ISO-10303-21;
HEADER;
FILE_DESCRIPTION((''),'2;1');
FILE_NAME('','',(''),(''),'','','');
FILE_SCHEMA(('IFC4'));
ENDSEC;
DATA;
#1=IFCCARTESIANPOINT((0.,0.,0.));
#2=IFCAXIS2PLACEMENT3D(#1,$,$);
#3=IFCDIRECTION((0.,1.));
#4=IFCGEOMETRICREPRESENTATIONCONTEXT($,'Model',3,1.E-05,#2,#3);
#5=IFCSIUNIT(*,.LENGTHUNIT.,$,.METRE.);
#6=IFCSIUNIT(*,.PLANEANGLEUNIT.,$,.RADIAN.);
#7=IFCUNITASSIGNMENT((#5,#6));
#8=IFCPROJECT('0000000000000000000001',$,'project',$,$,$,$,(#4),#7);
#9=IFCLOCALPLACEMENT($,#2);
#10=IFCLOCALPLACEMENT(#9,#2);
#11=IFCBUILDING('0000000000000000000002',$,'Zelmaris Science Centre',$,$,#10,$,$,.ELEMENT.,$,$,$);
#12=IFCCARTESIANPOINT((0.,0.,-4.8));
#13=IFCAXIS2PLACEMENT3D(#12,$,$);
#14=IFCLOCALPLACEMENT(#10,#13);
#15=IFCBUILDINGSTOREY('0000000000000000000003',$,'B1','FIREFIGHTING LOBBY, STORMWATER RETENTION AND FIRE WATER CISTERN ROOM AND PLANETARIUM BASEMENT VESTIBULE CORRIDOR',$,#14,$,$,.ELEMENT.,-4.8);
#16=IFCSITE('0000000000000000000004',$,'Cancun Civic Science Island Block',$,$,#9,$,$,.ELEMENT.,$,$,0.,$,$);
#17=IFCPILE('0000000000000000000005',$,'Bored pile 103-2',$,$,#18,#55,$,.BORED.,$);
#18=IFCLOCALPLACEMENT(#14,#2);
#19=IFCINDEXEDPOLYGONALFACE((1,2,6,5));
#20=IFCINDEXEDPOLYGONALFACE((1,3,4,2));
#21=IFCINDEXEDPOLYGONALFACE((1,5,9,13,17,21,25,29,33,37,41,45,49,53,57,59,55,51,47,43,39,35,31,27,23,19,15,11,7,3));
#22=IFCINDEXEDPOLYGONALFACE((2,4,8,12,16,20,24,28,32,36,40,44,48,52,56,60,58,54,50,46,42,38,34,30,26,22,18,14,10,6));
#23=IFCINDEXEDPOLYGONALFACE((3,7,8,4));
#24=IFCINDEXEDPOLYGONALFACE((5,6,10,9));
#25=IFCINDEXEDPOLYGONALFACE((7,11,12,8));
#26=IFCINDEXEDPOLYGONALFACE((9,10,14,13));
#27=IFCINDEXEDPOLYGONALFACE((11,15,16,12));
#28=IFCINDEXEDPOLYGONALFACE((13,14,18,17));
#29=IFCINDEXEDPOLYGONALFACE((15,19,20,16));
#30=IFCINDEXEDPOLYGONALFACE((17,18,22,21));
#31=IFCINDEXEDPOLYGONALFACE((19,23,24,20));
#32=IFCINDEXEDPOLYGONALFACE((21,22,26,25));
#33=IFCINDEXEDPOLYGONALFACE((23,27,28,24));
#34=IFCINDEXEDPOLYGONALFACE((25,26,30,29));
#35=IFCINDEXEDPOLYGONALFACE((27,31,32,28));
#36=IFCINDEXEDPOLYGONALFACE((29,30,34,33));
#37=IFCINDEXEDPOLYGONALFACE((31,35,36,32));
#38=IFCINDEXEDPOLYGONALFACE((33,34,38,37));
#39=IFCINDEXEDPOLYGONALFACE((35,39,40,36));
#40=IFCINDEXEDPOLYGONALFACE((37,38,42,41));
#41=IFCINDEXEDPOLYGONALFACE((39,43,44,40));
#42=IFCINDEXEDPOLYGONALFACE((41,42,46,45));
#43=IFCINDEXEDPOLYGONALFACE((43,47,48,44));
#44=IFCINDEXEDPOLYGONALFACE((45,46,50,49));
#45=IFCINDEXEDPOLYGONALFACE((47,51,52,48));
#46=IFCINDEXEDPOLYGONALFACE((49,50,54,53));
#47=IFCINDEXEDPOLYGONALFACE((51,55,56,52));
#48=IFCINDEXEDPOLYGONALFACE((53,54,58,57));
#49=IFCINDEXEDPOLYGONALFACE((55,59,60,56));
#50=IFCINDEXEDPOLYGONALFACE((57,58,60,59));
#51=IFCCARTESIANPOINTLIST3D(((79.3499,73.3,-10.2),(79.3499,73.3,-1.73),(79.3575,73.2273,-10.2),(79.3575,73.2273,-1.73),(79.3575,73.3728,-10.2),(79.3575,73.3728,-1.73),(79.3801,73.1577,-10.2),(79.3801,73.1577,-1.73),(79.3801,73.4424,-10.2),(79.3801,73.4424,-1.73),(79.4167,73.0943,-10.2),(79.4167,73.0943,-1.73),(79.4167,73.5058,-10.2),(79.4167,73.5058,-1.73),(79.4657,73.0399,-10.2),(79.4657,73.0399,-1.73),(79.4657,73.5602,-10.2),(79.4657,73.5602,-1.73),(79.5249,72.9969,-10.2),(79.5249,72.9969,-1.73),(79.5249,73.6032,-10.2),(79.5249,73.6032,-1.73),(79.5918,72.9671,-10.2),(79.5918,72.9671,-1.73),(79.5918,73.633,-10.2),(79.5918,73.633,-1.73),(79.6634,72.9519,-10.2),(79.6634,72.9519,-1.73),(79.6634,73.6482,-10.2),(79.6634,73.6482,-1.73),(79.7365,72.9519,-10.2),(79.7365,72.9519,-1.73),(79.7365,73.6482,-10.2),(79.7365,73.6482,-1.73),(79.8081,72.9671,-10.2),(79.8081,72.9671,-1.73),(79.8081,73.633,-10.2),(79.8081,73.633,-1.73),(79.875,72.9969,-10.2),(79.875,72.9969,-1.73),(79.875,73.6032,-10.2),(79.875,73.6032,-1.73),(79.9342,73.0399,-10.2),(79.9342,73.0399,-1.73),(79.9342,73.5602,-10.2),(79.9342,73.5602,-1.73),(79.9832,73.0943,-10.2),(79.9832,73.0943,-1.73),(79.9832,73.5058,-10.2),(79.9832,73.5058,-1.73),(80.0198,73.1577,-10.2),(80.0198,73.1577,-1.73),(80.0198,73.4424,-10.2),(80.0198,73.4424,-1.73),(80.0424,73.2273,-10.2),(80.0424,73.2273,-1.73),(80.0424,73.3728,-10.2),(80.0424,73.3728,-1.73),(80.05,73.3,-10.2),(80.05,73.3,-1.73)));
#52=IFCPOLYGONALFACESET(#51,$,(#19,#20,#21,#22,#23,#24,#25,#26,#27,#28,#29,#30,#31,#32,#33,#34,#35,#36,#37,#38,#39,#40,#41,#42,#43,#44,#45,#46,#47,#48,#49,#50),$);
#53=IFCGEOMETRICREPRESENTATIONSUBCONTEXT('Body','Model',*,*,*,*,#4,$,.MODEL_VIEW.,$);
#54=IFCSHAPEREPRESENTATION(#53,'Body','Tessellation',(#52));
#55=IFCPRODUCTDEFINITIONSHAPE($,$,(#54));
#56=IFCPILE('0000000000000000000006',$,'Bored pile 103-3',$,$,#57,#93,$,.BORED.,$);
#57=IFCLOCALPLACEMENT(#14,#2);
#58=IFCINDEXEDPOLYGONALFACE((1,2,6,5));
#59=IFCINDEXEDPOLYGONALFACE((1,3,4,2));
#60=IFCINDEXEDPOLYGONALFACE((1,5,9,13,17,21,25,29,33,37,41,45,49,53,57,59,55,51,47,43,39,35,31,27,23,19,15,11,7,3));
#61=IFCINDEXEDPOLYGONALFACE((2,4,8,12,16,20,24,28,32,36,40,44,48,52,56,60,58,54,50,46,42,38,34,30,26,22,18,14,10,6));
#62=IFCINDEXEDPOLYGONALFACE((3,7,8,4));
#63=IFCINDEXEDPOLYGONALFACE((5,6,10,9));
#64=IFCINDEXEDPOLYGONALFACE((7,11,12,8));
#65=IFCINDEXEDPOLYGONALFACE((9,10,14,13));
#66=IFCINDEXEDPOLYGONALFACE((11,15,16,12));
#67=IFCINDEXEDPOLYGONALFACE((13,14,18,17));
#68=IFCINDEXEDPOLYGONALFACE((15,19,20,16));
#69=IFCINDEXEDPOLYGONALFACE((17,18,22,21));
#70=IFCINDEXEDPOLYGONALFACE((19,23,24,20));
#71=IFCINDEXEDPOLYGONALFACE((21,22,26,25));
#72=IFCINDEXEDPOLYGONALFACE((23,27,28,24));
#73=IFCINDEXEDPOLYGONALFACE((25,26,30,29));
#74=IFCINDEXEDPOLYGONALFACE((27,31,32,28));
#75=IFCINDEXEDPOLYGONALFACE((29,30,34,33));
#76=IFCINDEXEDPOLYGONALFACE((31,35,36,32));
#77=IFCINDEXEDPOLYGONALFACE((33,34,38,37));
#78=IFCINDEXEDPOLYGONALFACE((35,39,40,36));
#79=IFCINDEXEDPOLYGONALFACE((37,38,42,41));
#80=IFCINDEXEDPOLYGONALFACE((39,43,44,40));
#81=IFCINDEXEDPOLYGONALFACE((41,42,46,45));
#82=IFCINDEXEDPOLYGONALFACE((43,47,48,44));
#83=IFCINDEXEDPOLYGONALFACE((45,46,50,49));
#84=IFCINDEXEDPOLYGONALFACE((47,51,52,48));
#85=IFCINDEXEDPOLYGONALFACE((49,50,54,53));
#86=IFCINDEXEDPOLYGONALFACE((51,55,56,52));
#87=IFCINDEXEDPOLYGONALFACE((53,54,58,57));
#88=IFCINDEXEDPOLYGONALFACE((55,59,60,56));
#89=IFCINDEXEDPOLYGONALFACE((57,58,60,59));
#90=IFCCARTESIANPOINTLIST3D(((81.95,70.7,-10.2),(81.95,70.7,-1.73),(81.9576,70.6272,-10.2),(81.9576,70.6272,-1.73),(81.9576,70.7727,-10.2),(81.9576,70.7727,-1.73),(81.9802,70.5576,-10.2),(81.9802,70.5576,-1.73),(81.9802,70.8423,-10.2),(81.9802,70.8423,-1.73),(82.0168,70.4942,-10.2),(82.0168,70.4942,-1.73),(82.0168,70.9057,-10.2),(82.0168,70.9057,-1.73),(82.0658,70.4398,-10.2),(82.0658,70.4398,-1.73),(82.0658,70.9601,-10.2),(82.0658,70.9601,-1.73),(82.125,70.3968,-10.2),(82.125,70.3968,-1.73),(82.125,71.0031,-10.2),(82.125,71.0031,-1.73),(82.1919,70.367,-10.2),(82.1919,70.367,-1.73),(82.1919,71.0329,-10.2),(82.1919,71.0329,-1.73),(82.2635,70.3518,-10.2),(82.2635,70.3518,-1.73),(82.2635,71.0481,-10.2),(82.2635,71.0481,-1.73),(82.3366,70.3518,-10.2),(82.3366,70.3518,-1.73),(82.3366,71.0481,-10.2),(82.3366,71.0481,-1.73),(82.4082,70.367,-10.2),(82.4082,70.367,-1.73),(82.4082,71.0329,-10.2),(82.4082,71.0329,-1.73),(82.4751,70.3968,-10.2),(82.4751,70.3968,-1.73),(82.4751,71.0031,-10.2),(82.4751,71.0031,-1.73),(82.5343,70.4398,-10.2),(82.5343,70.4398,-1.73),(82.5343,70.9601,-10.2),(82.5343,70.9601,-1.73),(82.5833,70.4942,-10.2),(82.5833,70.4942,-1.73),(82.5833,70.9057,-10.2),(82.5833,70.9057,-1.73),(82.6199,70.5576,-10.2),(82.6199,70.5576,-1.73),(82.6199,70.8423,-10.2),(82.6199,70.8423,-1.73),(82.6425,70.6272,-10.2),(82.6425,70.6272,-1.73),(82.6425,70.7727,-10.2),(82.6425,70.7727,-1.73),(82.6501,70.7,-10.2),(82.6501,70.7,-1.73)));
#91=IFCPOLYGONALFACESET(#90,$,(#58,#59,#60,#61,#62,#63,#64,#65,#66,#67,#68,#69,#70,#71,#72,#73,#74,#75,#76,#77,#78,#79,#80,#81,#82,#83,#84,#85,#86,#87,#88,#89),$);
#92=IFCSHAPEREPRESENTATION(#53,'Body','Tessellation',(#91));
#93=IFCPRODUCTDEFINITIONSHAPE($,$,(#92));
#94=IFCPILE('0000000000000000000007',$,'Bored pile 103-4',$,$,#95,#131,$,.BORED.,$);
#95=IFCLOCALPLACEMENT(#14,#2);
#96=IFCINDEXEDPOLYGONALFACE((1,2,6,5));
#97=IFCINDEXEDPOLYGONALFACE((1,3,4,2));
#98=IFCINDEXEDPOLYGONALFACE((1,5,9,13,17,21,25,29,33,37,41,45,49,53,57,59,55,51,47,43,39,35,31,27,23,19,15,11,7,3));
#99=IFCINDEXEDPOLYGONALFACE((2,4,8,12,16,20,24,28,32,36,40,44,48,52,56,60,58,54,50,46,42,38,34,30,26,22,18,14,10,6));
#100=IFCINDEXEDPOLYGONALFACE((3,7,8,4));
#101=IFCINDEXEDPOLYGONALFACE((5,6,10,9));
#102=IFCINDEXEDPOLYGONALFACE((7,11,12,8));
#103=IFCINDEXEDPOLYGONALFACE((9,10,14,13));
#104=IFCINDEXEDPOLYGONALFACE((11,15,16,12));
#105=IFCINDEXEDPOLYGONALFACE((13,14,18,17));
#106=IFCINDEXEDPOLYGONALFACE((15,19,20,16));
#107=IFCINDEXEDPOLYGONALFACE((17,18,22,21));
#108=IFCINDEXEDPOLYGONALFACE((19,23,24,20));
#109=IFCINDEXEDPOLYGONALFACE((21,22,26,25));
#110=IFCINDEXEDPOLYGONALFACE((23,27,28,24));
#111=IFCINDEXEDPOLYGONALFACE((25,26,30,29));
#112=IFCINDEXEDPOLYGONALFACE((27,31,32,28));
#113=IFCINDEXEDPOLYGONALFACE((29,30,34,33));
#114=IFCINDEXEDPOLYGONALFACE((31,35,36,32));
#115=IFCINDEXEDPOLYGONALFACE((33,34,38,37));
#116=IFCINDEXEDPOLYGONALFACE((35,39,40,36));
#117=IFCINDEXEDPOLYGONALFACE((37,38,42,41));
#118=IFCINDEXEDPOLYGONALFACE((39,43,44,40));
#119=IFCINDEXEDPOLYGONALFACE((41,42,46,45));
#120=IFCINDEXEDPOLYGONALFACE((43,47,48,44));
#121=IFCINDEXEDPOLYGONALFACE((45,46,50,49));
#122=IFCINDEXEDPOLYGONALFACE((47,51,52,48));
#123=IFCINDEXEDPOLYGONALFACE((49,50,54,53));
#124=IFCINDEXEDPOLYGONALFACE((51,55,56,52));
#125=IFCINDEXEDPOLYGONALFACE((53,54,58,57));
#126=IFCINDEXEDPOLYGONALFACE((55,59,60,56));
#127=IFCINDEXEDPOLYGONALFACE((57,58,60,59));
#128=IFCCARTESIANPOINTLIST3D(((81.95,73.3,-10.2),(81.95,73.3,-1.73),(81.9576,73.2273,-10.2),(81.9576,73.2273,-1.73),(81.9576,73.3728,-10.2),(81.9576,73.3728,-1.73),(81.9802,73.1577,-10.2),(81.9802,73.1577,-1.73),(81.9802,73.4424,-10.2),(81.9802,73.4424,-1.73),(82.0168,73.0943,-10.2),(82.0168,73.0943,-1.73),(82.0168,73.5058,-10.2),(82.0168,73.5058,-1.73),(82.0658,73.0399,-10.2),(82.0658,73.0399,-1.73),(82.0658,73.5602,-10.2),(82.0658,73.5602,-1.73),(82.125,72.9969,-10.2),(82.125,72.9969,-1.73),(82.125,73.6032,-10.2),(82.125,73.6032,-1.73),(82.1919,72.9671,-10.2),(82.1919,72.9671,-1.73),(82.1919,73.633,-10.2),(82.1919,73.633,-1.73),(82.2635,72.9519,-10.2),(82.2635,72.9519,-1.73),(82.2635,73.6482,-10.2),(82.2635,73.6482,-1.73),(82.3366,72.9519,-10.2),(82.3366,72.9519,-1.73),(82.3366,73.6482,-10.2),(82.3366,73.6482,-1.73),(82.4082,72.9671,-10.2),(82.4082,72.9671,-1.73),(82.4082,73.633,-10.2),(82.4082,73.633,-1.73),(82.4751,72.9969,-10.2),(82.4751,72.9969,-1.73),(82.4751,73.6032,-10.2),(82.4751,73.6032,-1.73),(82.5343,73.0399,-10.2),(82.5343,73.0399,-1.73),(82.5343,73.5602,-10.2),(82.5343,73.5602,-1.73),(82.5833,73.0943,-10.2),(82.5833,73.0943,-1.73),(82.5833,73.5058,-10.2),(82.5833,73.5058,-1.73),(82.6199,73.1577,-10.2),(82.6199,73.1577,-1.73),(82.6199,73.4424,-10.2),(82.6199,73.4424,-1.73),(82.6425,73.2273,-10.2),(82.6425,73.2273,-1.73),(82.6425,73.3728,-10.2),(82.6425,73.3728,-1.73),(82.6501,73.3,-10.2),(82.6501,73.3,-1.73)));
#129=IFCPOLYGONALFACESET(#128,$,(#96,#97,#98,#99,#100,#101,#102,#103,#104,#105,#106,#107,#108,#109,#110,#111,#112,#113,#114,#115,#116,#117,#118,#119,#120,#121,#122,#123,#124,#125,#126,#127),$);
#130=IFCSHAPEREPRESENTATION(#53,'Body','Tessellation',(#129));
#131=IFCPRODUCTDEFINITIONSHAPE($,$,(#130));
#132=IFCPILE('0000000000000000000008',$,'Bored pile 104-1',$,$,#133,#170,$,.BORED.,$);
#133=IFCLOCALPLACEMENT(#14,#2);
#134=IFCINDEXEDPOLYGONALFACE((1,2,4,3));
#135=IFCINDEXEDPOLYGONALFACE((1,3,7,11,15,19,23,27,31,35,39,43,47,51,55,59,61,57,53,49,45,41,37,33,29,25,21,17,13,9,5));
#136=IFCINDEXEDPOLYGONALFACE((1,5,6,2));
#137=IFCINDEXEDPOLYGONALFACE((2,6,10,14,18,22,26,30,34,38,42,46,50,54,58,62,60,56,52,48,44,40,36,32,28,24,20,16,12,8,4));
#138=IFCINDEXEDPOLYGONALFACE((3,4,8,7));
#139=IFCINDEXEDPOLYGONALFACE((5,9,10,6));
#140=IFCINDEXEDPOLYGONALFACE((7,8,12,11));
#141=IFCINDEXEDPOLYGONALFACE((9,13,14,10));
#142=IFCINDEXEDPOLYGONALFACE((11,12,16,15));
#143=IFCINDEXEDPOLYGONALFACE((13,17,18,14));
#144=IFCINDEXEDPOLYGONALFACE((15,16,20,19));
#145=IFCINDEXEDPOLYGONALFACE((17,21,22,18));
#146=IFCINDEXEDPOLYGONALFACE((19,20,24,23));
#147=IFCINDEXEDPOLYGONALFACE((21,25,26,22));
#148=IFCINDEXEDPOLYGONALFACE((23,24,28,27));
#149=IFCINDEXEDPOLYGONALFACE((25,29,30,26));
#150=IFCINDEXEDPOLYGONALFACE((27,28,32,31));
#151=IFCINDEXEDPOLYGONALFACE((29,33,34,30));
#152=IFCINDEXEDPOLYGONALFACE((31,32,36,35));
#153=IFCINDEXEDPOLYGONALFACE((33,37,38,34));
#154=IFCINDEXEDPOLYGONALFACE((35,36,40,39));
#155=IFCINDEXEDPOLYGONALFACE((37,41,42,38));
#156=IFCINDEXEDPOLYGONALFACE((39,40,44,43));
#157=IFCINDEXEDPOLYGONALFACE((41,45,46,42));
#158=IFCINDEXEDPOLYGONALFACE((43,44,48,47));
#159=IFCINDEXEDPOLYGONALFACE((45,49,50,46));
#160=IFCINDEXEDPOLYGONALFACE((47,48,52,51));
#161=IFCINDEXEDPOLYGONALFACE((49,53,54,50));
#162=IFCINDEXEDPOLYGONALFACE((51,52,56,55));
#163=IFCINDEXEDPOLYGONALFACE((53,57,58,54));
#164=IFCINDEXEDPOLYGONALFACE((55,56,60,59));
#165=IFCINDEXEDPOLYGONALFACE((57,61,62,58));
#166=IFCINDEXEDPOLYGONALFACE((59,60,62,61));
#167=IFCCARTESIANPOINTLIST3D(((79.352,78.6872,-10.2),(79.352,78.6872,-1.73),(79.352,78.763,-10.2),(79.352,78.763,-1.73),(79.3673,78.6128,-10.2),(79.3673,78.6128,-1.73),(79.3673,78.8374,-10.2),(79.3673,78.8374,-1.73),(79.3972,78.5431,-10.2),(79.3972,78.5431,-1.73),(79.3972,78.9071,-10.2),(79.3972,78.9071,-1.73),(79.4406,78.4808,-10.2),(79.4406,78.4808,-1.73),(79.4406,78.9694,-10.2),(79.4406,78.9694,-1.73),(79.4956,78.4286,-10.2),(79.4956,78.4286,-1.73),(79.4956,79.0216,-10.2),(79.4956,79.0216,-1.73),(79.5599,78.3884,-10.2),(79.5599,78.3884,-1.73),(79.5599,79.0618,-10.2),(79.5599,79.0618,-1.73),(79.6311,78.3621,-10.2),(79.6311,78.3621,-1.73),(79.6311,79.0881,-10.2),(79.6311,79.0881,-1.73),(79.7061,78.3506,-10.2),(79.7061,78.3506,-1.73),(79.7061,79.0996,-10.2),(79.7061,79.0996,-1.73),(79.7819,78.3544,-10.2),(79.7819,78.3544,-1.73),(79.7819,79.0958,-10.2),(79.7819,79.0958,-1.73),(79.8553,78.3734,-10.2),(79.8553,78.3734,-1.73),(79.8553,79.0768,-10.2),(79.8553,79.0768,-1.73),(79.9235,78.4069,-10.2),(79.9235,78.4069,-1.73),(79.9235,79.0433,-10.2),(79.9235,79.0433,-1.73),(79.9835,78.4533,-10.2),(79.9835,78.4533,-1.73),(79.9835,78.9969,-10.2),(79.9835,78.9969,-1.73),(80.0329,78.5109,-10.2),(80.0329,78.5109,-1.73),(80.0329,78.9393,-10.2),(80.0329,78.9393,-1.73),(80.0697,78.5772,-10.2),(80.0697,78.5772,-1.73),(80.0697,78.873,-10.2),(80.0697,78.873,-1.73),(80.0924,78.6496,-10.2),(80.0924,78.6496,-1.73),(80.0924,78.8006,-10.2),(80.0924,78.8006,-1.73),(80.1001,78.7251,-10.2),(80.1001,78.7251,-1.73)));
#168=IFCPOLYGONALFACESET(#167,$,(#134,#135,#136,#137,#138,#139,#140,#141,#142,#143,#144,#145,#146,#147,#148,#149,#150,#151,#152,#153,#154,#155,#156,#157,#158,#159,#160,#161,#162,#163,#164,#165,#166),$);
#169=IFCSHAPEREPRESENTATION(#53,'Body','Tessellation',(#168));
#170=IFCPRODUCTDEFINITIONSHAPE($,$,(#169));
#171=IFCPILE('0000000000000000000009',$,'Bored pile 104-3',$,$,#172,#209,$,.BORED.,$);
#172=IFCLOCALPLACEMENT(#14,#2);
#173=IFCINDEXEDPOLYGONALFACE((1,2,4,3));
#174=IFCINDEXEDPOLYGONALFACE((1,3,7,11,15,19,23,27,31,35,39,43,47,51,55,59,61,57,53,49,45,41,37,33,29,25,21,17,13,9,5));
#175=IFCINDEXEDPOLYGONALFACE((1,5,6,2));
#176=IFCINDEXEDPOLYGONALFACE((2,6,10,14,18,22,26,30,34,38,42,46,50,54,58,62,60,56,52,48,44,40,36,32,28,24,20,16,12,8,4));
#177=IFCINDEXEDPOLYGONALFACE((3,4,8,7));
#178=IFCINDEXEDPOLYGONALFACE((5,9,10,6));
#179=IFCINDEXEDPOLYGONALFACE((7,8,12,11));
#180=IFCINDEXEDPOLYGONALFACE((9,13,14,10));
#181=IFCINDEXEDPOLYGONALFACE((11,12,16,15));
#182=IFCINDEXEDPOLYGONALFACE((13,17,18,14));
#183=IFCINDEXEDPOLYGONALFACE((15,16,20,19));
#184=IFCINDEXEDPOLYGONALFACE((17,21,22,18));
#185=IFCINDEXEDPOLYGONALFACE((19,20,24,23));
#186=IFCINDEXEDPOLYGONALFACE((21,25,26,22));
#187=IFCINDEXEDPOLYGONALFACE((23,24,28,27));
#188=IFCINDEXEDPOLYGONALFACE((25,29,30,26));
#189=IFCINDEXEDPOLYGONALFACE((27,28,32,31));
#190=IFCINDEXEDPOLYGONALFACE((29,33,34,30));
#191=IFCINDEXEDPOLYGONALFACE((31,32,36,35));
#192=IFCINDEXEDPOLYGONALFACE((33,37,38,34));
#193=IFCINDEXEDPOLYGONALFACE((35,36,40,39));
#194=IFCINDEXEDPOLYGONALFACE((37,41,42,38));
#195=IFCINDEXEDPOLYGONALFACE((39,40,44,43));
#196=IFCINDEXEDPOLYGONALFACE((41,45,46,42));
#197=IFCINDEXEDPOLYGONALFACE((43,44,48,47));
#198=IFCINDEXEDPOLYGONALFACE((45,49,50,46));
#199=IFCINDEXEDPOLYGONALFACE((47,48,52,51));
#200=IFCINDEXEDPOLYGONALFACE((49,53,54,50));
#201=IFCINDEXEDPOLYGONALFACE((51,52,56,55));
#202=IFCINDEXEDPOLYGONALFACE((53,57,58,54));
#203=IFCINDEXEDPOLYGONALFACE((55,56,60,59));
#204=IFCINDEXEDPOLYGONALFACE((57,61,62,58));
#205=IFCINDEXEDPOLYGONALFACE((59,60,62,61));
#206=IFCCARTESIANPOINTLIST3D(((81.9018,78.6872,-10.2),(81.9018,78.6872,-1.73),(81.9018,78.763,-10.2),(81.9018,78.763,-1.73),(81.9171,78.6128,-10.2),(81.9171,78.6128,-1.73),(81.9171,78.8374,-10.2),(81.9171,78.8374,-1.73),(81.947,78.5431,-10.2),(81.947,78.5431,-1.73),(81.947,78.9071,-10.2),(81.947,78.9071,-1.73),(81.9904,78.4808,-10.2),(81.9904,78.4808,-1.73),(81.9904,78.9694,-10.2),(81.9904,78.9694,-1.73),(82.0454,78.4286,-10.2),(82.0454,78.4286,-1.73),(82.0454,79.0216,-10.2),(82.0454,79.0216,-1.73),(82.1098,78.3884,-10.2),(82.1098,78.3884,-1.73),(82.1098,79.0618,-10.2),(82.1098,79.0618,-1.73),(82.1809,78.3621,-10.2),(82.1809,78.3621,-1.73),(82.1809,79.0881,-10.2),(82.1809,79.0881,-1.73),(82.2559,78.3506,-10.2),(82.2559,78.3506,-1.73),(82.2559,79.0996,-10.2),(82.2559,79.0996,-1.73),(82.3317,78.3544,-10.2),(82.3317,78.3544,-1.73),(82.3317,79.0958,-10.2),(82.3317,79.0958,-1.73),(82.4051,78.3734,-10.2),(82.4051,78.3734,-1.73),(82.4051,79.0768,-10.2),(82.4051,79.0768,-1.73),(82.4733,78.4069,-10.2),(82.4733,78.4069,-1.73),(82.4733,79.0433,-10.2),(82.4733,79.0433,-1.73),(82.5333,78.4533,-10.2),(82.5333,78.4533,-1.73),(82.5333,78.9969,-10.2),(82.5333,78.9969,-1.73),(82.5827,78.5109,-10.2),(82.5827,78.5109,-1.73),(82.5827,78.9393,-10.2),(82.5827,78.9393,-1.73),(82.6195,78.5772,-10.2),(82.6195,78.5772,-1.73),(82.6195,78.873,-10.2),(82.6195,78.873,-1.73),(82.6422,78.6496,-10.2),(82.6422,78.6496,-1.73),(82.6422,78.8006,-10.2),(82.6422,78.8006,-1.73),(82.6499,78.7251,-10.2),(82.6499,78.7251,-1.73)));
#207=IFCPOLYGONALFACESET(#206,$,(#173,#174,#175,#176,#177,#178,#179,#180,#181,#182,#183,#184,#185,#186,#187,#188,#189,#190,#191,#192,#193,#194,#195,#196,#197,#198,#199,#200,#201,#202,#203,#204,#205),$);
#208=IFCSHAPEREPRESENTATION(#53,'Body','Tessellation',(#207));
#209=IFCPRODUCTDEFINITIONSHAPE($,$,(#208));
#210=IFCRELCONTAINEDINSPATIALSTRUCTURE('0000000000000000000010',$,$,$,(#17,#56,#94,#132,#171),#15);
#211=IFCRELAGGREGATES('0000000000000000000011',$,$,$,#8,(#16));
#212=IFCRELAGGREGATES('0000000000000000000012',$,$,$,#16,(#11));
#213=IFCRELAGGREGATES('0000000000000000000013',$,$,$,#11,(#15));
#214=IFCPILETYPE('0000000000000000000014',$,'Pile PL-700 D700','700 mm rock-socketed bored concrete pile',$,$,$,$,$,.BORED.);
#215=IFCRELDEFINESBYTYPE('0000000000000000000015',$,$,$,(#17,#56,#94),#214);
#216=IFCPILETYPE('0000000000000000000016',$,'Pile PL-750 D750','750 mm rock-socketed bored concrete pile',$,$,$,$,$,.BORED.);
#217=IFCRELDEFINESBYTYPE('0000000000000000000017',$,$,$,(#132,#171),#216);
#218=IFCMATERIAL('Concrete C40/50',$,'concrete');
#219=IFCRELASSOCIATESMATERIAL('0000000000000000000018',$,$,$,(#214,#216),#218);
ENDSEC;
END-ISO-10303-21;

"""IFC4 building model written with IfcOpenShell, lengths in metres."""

from ifc_helpers import new_model, si_unit, direction, frame, origin, origin_2d, place, context, subcontext, project, spatial, circle, extrude, material, material_profile, profile_set, type_object, element, save


model = new_model("IFC4")

# Units and contexts
model_context = context("Model", 3, precision=1e-05, world=origin(), true_north=direction((0.0, 1.0)))
body_context = subcontext(model_context, "Body", "Model", "MODEL_VIEW")
ifc_project = project(units=[si_unit("LENGTHUNIT", "METRE"), si_unit("PLANEANGLEUNIT", "RADIAN")], contexts=[model_context])

# Site, building, storey
site_placement = place(None, origin())
site = spatial("IfcSite", under=ifc_project, at=site_placement, Name="Cancun Civic Science Island Block", CompositionType="ELEMENT", RefElevation=0.0)
building_placement = place(site_placement, origin())
building = spatial("IfcBuilding", under=site, at=building_placement, Name="Zelmaris Science Centre", CompositionType="ELEMENT")
storey_placement = place(building_placement, frame((0.0, 0.0, -4.8)))
storey = spatial("IfcBuildingStorey", under=building, at=storey_placement, Name="B1", Description="FIREFIGHTING LOBBY, STORMWATER RETENTION AND FIRE WATER CISTERN ROOM AND PLANETARIUM BASEMENT VESTIBULE CORRIDOR", CompositionType="ELEMENT", Elevation=-4.8)

# Shared definitions
ifc_material_1 = material(Name="Concrete C40/50", Category="concrete")

# Piles
ifc_material_profile_1 = material_profile(ifc_material_1, circle(Radius=0.3501, at=origin_2d()), Name="PILE-700")
ifc_profile_set_1 = profile_set([ifc_material_profile_1], Name="Concrete C40/50")
pile_type_1 = type_object("IfcPileType", Name="Pile PL-700 D700", Description="700 mm rock-socketed bored concrete pile", PredefinedType="BORED", material=ifc_profile_set_1)
for number, where, z_axis, x_axis, name in (
    (1, (79.7, 73.3, -1.73), (0.0, 0.0, -1.0), (1.0, 0.0, 0.0), "Bored pile 103-2"),
    (2, (82.3, 70.7, -1.73), (0.0, 0.0, -1.0), (1.0, 0.0, 0.0), "Bored pile 103-3"),
    (3, (82.3, 73.3, -1.73), (0.0, 0.0, -1.0), (1.0, 0.0, 0.0), "Bored pile 103-4"),
):
    element("IfcPile", number, at=place(storey_placement, frame(where, z_axis=z_axis, x_axis=x_axis)), inside=storey, type_object=pile_type_1, Name=name, PredefinedType="BORED", context=body_context, shape_type="SweptSolid", body=[
        extrude(circle(Radius=0.3501, at=origin_2d()), origin(), (0.0, 0.0, 1.0), 8.47),
    ])
ifc_material_profile_2 = material_profile(ifc_material_1, circle(Radius=0.375, at=origin_2d()), Name="PILE-750")
ifc_profile_set_2 = profile_set([ifc_material_profile_2], Name="Concrete C40/50")
pile_type_2 = type_object("IfcPileType", Name="Pile PL-750 D750", Description="750 mm rock-socketed bored concrete pile", PredefinedType="BORED", material=ifc_profile_set_2)
for number, where, z_axis, x_axis, name in (
    (4, (79.7251, 78.7251, -1.73), (0.0, 0.0, -1.0), (1.0, 0.0, 0.0), "Bored pile 104-1"),
    (5, (82.2749, 78.7251, -1.73), (0.0, 0.0, -1.0), (1.0, 0.0, 0.0), "Bored pile 104-3"),
):
    element("IfcPile", number, at=place(storey_placement, frame(where, z_axis=z_axis, x_axis=x_axis)), inside=storey, type_object=pile_type_2, Name=name, PredefinedType="BORED", context=body_context, shape_type="SweptSolid", body=[
        extrude(circle(Radius=0.375, at=origin_2d()), origin(), (0.0, 0.0, 1.0), 8.47),
    ])

save(model, "model.ifc")
